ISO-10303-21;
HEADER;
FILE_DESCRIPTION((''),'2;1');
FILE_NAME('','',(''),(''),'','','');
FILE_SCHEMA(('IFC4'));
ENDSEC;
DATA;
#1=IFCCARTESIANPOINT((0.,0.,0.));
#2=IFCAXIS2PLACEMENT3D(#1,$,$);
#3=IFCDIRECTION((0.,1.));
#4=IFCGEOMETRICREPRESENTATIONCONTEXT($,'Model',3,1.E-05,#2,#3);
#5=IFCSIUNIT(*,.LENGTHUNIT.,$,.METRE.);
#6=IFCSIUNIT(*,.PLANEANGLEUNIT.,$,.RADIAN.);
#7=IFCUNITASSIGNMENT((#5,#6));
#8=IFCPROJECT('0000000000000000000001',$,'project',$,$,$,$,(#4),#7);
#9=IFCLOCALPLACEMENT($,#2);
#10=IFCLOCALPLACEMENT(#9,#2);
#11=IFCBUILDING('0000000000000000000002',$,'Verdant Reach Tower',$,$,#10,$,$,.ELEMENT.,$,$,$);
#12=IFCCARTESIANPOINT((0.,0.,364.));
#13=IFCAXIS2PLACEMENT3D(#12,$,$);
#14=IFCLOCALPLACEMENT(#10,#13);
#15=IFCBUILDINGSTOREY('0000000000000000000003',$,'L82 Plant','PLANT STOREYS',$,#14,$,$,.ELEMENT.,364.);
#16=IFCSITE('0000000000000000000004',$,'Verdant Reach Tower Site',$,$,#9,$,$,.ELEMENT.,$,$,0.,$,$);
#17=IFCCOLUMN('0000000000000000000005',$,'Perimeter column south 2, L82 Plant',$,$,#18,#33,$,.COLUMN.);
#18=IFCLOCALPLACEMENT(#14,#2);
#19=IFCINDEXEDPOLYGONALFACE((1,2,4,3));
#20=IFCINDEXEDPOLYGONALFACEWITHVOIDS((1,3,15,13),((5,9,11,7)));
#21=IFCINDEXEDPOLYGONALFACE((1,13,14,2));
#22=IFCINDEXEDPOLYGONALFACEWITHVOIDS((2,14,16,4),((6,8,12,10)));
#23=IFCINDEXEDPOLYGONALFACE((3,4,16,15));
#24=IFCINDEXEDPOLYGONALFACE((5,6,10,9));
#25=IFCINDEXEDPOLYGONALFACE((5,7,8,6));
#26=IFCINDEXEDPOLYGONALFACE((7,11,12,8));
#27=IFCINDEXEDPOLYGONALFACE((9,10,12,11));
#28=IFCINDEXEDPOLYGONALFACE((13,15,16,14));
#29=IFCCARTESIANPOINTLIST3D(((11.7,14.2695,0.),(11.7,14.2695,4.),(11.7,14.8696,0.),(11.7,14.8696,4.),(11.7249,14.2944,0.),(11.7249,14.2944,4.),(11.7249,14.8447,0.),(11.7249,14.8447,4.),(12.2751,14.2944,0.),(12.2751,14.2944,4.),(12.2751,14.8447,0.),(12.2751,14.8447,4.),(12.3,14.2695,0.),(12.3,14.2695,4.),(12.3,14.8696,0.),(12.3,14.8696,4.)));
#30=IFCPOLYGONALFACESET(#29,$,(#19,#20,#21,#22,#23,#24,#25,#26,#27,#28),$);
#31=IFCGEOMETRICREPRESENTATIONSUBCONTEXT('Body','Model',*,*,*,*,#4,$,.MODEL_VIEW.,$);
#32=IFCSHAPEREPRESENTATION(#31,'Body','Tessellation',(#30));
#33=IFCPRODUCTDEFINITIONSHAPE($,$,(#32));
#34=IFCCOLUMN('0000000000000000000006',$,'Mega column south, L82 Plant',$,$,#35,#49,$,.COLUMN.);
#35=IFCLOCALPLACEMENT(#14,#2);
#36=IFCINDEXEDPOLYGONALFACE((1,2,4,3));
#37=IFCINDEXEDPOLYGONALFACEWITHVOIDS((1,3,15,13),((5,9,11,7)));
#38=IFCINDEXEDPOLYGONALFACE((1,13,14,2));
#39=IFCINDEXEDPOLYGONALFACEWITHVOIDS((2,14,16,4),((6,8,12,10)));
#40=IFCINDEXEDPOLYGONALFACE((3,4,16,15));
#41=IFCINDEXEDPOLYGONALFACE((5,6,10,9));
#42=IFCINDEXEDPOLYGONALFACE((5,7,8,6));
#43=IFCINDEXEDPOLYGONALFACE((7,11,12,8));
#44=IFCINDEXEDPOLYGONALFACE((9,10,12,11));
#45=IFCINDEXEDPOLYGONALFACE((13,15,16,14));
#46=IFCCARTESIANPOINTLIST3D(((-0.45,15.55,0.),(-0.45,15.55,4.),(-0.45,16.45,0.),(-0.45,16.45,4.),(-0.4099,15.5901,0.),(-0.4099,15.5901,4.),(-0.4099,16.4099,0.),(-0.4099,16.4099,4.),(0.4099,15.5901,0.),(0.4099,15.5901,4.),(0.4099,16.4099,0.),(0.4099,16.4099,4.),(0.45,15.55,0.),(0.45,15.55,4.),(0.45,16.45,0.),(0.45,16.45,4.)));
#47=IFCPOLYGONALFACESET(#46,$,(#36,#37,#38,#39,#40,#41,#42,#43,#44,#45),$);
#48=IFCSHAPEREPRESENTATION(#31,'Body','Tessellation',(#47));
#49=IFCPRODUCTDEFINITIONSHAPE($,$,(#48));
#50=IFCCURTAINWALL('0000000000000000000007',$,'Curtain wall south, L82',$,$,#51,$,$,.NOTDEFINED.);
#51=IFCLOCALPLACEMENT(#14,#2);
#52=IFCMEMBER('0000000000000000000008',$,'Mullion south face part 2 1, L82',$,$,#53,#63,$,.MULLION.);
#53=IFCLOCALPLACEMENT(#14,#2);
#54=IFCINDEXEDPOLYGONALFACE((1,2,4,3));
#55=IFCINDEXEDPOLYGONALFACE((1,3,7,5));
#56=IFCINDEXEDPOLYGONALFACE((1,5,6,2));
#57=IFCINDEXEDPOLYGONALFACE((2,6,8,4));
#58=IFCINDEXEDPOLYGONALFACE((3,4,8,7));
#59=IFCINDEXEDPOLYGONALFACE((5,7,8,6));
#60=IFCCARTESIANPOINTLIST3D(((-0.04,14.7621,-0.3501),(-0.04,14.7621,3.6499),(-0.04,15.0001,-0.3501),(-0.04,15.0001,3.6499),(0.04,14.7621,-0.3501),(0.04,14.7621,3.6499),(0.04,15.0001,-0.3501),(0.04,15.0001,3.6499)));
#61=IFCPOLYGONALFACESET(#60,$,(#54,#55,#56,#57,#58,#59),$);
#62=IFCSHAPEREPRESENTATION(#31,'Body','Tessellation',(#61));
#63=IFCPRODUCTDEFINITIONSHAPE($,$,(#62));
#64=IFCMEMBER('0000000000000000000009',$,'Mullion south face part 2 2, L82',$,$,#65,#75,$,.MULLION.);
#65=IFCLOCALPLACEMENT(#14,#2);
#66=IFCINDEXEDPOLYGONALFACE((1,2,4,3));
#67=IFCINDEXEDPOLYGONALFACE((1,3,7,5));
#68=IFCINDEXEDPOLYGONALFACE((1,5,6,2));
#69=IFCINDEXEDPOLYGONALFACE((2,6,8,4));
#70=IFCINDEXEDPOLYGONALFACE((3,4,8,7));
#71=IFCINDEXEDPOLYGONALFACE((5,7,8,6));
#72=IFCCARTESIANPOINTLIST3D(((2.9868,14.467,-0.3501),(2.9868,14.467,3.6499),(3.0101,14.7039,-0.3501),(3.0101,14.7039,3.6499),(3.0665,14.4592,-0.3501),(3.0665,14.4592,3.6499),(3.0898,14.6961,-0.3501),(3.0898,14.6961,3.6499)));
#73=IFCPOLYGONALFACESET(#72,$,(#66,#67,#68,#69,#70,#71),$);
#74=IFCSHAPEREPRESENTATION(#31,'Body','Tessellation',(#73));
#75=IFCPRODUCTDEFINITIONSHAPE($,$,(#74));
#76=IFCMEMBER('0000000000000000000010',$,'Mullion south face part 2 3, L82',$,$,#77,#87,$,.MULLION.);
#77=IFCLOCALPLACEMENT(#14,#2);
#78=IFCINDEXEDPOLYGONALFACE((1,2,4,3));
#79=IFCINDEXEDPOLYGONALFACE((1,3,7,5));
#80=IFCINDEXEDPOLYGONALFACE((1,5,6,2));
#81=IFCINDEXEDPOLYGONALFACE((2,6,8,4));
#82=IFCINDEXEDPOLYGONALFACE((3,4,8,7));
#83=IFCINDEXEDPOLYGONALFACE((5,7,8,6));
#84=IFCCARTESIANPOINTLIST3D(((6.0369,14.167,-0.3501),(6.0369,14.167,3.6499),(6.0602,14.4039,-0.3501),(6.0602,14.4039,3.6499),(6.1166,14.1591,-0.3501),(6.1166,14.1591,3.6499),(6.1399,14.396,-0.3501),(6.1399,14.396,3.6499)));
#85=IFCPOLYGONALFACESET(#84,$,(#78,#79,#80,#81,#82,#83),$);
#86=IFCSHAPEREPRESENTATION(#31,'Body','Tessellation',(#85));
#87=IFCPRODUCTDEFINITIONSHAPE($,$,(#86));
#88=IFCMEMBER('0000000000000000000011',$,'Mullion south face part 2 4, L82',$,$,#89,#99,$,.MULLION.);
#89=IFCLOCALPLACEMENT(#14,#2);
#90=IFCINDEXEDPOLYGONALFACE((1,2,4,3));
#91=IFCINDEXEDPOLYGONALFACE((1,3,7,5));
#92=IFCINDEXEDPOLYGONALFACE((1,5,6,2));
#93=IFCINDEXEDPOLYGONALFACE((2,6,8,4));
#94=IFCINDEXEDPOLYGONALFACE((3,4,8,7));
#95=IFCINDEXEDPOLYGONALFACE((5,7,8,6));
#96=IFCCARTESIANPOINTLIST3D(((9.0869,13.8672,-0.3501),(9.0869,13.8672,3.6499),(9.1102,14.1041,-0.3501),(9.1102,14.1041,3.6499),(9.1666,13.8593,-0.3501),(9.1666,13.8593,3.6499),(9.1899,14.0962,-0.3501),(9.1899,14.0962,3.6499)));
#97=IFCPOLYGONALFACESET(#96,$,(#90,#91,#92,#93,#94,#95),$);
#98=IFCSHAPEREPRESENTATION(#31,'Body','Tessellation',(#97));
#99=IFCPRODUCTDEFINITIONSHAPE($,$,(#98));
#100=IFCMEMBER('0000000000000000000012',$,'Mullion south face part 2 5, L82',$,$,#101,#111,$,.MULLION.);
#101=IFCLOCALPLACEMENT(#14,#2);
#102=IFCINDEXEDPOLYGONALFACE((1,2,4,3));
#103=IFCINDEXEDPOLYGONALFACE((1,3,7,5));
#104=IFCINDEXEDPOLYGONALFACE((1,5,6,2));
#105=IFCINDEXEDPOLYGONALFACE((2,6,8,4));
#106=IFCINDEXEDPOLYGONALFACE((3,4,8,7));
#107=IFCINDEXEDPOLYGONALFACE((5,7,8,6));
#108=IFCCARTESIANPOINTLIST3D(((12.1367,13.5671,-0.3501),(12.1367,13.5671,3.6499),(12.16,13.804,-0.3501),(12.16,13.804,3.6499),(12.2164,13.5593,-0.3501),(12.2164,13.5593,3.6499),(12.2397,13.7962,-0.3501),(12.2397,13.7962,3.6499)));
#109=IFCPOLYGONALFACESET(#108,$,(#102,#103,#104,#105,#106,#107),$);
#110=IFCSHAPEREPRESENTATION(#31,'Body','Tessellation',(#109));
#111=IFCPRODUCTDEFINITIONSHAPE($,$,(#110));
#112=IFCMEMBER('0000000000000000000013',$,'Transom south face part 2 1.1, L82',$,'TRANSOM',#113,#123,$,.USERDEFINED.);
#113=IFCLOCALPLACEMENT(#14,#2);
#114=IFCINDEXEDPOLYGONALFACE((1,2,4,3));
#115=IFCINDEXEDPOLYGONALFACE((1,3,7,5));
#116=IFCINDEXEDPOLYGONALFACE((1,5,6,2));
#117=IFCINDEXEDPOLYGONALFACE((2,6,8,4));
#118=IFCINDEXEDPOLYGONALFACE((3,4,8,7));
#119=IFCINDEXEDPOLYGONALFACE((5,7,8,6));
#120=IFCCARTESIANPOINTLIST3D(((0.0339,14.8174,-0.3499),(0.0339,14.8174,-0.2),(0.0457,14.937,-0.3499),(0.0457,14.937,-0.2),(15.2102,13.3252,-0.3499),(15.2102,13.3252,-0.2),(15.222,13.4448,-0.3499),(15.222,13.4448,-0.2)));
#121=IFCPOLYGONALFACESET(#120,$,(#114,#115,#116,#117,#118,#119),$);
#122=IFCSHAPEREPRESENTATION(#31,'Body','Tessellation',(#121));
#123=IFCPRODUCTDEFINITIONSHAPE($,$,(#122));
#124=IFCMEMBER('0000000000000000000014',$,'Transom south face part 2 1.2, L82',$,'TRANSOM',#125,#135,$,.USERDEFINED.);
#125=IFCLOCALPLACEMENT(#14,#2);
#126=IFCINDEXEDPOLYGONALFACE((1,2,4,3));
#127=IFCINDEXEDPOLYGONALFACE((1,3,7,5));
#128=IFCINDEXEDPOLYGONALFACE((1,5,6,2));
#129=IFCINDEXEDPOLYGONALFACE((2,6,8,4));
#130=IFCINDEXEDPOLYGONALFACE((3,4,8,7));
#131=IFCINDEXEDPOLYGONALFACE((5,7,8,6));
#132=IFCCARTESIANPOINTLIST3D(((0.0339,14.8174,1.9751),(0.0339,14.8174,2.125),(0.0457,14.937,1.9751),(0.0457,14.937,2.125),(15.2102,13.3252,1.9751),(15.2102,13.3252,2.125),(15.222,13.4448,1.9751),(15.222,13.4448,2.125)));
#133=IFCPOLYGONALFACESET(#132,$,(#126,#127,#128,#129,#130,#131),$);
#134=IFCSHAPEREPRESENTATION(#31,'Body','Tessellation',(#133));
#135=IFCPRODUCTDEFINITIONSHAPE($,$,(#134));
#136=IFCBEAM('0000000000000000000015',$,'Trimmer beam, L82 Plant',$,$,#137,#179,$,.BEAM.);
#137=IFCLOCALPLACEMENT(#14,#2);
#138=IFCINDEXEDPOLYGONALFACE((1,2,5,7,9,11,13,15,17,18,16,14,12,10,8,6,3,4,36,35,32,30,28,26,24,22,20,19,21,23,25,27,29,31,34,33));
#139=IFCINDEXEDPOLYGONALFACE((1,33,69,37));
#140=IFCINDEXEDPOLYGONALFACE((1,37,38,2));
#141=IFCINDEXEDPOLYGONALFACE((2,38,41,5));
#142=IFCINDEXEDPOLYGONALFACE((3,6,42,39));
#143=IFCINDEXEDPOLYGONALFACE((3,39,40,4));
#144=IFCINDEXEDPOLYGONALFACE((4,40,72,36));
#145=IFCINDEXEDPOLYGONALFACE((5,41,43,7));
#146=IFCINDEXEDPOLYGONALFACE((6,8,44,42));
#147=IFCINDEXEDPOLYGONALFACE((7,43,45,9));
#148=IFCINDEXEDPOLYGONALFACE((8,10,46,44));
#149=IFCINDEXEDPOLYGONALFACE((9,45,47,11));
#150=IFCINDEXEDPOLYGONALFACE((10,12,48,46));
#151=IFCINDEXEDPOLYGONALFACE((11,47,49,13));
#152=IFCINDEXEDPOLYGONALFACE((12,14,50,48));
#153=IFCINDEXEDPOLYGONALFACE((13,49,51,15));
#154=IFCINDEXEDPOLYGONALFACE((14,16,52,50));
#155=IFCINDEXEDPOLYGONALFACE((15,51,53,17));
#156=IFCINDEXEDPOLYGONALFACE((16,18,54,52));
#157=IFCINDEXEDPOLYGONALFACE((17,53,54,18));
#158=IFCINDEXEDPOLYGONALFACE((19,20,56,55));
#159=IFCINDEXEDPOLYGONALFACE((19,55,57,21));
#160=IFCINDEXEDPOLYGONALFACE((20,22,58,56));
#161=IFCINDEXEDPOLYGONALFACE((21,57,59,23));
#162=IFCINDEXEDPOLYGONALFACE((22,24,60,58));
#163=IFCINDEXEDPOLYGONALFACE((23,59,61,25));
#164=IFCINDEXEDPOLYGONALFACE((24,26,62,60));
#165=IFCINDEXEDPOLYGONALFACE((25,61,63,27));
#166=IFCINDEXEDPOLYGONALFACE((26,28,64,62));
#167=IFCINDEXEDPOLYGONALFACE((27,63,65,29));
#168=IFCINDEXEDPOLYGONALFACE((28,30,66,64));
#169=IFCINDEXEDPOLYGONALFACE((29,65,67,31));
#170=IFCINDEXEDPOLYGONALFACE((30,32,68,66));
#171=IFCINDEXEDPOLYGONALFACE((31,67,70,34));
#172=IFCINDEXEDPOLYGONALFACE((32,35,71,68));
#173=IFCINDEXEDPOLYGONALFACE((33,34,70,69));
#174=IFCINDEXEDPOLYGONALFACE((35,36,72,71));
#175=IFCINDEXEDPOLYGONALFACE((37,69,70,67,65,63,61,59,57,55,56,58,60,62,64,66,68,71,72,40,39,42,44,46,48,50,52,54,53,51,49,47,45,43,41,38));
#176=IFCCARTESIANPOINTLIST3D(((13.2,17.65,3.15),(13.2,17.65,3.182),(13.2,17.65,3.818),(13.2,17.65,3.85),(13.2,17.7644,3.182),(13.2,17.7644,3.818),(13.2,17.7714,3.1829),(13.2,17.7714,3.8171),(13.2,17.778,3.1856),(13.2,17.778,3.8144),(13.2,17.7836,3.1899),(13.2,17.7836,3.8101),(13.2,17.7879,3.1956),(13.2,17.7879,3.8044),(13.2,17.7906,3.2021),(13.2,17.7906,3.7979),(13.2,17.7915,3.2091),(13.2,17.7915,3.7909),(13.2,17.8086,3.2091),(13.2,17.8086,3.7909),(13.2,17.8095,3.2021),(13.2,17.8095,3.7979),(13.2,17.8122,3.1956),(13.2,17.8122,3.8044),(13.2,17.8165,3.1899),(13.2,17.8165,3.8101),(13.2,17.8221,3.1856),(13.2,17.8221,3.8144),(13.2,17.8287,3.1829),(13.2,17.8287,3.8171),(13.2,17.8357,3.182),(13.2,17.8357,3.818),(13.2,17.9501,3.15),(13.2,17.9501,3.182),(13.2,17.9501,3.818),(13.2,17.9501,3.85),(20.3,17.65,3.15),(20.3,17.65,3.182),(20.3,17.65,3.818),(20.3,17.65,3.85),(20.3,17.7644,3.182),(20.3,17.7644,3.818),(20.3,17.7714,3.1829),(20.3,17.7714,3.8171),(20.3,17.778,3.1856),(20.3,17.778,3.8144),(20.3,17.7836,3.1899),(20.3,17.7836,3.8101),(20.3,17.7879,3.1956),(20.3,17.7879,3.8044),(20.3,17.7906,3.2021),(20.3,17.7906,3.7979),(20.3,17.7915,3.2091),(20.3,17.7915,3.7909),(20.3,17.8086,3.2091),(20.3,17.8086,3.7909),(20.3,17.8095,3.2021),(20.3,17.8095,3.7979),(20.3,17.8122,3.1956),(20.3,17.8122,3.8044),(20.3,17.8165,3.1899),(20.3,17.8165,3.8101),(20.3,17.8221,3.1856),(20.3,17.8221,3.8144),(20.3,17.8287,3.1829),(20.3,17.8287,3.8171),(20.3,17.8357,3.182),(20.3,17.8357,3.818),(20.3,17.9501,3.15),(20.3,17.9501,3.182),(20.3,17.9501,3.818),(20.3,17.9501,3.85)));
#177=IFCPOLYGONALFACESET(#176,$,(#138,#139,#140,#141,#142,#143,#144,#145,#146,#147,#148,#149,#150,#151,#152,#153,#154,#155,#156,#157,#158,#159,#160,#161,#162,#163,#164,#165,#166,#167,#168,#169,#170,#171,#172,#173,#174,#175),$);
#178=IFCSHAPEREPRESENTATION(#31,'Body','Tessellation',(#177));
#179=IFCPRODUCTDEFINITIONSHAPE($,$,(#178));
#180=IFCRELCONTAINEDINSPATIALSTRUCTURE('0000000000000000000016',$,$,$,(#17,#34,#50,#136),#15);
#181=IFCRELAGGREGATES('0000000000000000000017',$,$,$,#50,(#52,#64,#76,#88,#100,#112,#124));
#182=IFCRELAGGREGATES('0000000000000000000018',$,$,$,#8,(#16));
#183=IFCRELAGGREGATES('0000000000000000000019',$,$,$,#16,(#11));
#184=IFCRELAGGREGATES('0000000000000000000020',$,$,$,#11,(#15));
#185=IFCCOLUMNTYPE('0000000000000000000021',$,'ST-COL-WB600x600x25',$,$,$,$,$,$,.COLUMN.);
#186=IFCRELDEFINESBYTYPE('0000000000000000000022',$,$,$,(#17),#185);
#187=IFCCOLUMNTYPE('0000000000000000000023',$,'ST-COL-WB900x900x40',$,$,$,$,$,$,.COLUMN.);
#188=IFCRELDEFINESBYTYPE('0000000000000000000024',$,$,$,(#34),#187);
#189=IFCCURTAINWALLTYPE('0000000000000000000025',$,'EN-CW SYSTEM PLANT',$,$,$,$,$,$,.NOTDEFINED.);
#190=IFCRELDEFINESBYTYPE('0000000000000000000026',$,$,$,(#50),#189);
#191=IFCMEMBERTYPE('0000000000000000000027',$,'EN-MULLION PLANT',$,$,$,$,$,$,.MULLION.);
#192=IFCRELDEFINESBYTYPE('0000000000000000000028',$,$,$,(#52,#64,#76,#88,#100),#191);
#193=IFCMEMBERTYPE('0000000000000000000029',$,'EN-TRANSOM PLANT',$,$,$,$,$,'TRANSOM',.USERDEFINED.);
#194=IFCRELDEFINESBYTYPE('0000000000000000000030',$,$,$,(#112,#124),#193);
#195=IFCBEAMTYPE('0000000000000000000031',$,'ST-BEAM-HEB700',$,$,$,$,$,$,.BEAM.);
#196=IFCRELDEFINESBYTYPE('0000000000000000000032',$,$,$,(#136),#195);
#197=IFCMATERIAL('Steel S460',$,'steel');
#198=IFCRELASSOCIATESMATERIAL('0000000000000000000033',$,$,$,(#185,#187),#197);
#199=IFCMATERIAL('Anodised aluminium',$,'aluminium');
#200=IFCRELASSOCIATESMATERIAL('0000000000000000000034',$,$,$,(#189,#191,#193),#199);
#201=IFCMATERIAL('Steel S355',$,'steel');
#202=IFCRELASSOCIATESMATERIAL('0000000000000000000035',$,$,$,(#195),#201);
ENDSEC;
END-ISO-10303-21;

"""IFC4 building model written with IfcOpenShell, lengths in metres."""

from ifc_helpers import new_model, si_unit, direction, frame, origin, origin_2d, place, context, subcontext, project, spatial, rectangle, hollow_rectangle, i_section, extrude, material, material_profile, profile_set, type_object, element, aggregate, save


model = new_model("IFC4")

# Units and contexts
model_context = context("Model", 3, precision=1e-05, world=origin(), true_north=direction((0.0, 1.0)))
body_context = subcontext(model_context, "Body", "Model", "MODEL_VIEW")
ifc_project = project(units=[si_unit("LENGTHUNIT", "METRE"), si_unit("PLANEANGLEUNIT", "RADIAN")], contexts=[model_context])

# Site, building, storey
site_placement = place(None, origin())
site = spatial("IfcSite", under=ifc_project, at=site_placement, Name="Verdant Reach Tower Site", CompositionType="ELEMENT", RefElevation=0.0)
building_placement = place(site_placement, origin())
building = spatial("IfcBuilding", under=site, at=building_placement, Name="Verdant Reach Tower", CompositionType="ELEMENT")
storey_placement = place(building_placement, frame((0.0, 0.0, 364.0)))
storey = spatial("IfcBuildingStorey", under=building, at=storey_placement, Name="L82 Plant", Description="PLANT STOREYS", CompositionType="ELEMENT", Elevation=364.0)

# Columns
ifc_material_1 = material(Name="Steel S460", Category="steel")
ifc_material_profile_1 = material_profile(ifc_material_1, hollow_rectangle(XDim=0.6001, YDim=0.6001, WallThickness=0.0249, at=origin_2d()), Name="WB 600x600x25")
ifc_profile_set_1 = profile_set([ifc_material_profile_1], Name="Steel S460")
column_type_1 = type_object("IfcColumnType", Name="ST-COL-WB600x600x25", PredefinedType="COLUMN", material=ifc_profile_set_1)
column_1_placement = place(storey_placement, frame((12.0, 14.5696, 0.0), z_axis=(0.0, 0.0, 1.0), x_axis=(1.0, 0.0, 0.0)))
element("IfcColumn", 1, at=column_1_placement, inside=storey, type_object=column_type_1, Name="Perimeter column south 2, L82 Plant", PredefinedType="COLUMN", context=body_context, shape_type="SweptSolid", body=[
    extrude(hollow_rectangle(XDim=0.6001, YDim=0.6001, WallThickness=0.0249, at=origin_2d()), origin(), (0.0, 0.0, 1.0), 4.0),
])
ifc_material_profile_2 = material_profile(ifc_material_1, hollow_rectangle(XDim=0.8999, YDim=0.8999, WallThickness=0.04, at=origin_2d()), Name="WB 900x900x40")
ifc_profile_set_2 = profile_set([ifc_material_profile_2], Name="Steel S460")
column_type_2 = type_object("IfcColumnType", Name="ST-COL-WB900x900x40", PredefinedType="COLUMN", material=ifc_profile_set_2)
column_2_placement = place(storey_placement, frame((0.0, 16.0, 0.0), z_axis=(0.0, 0.0, 1.0), x_axis=(1.0, 0.0, 0.0)))
element("IfcColumn", 2, at=column_2_placement, inside=storey, type_object=column_type_2, Name="Mega column south, L82 Plant", PredefinedType="COLUMN", context=body_context, shape_type="SweptSolid", body=[
    extrude(hollow_rectangle(XDim=0.8999, YDim=0.8999, WallThickness=0.04, at=origin_2d()), origin(), (0.0, 0.0, 1.0), 4.0),
])

# Curtain wall, members
ifc_material_2 = material(Name="Anodised aluminium", Category="aluminium")
curtain_wall_type = type_object("IfcCurtainWallType", Name="EN-CW SYSTEM PLANT", PredefinedType="NOTDEFINED", material=ifc_material_2)
curtain_wall_placement = place(storey_placement, origin())
curtain_wall = element("IfcCurtainWall", 3, at=curtain_wall_placement, inside=storey, type_object=curtain_wall_type, Name="Curtain wall south, L82", PredefinedType="NOTDEFINED")
ifc_material_profile_3 = material_profile(ifc_material_2, rectangle(XDim=0.238, YDim=0.0801, at=origin_2d()), Name="Mullion 80x240")
ifc_profile_set_3 = profile_set([ifc_material_profile_3], Name="Anodised aluminium")
member_type_1 = type_object("IfcMemberType", Name="EN-MULLION PLANT", PredefinedType="MULLION", material=ifc_profile_set_3)
member_1_placement = place(storey_placement, frame((0.0, 14.8811, -0.3501), z_axis=(0.0, 0.0, 1.0), x_axis=(0.0, -1.0, 0.0)))
member_1 = element("IfcMember", 4, at=member_1_placement, type_object=member_type_1, Name="Mullion south face part 2 1, L82", PredefinedType="MULLION", context=body_context, shape_type="SweptSolid", body=[
    extrude(rectangle(XDim=0.238, YDim=0.0801, at=origin_2d()), origin(), (0.0, 0.0, 1.0), 4.0),
])
member_2_placement = place(storey_placement, frame((3.0383, 14.5815, -0.3501), z_axis=(0.0, 0.0, 1.0), x_axis=(-0.097888, -0.995197, 0.0)))
member_2 = element("IfcMember", 5, at=member_2_placement, type_object=member_type_1, Name="Mullion south face part 2 2, L82", PredefinedType="MULLION", context=body_context, shape_type="SweptSolid", body=[
    extrude(rectangle(XDim=0.238, YDim=0.0801, at=origin_2d()), origin(), (0.0, 0.0, 1.0), 4.0),
])
member_3_placement = place(storey_placement, frame((6.0884, 14.2815, -0.3501), z_axis=(0.0, 0.0, 1.0), x_axis=(-0.097888, -0.995197, 0.0)))
member_3 = element("IfcMember", 6, at=member_3_placement, type_object=member_type_1, Name="Mullion south face part 2 3, L82", PredefinedType="MULLION", context=body_context, shape_type="SweptSolid", body=[
    extrude(rectangle(XDim=0.238, YDim=0.0801, at=origin_2d()), origin(), (0.0, 0.0, 1.0), 4.0),
])
member_4_placement = place(storey_placement, frame((9.1384, 13.9817, -0.3501), z_axis=(0.0, 0.0, 1.0), x_axis=(-0.097888, -0.995197, 0.0)))
member_4 = element("IfcMember", 7, at=member_4_placement, type_object=member_type_1, Name="Mullion south face part 2 4, L82", PredefinedType="MULLION", context=body_context, shape_type="SweptSolid", body=[
    extrude(rectangle(XDim=0.238, YDim=0.0801, at=origin_2d()), origin(), (0.0, 0.0, 1.0), 4.0),
])
member_5_placement = place(storey_placement, frame((12.1882, 13.6816, -0.3501), z_axis=(0.0, 0.0, 1.0), x_axis=(-0.097888, -0.995197, 0.0)))
member_5 = element("IfcMember", 8, at=member_5_placement, type_object=member_type_1, Name="Mullion south face part 2 5, L82", PredefinedType="MULLION", context=body_context, shape_type="SweptSolid", body=[
    extrude(rectangle(XDim=0.238, YDim=0.0801, at=origin_2d()), origin(), (0.0, 0.0, 1.0), 4.0),
])
ifc_material_profile_4 = material_profile(ifc_material_2, rectangle(XDim=0.1201, YDim=0.1499, at=origin_2d()), Name="Transom 150x120")
ifc_profile_set_4 = profile_set([ifc_material_profile_4], Name="Anodised aluminium")
member_type_2 = type_object("IfcMemberType", Name="EN-TRANSOM PLANT", ElementType="TRANSOM", PredefinedType="USERDEFINED", material=ifc_profile_set_4)
member_6_placement = place(storey_placement, frame((0.0398, 14.8772, -0.2749), z_axis=(0.995201, -0.097852, 0.0), x_axis=(0.097852, 0.995201, 0.0)))
member_6 = element("IfcMember", 9, at=member_6_placement, type_object=member_type_2, Name="Transom south face part 2 1.1, L82", ObjectType="TRANSOM", PredefinedType="USERDEFINED", context=body_context, shape_type="SweptSolid", body=[
    extrude(rectangle(XDim=0.1201, YDim=0.1499, at=origin_2d()), origin(), (0.0, 0.0, 1.0), 15.2495),
])
member_7_placement = place(storey_placement, frame((0.0398, 14.8772, 2.05), z_axis=(0.995201, -0.097852, 0.0), x_axis=(0.097852, 0.995201, 0.0)))
member_7 = element("IfcMember", 10, at=member_7_placement, type_object=member_type_2, Name="Transom south face part 2 1.2, L82", ObjectType="TRANSOM", PredefinedType="USERDEFINED", context=body_context, shape_type="SweptSolid", body=[
    extrude(rectangle(XDim=0.1201, YDim=0.1499, at=origin_2d()), origin(), (0.0, 0.0, 1.0), 15.2495),
])

# Beam
ifc_material_3 = material(Name="Steel S355", Category="steel")
ifc_material_profile_5 = material_profile(ifc_material_3, i_section(OverallWidth=0.3, OverallDepth=0.7, WebThickness=0.0171, FlangeThickness=0.032, FilletRadius=0.0271, at=origin_2d()), Name="HEB 700")
ifc_profile_set_5 = profile_set([ifc_material_profile_5], Name="Steel S355")
beam_type_1 = type_object("IfcBeamType", Name="ST-BEAM-HEB700", PredefinedType="BEAM", material=ifc_profile_set_5)
beam_1_placement = place(storey_placement, frame((13.2, 17.8, 3.5), z_axis=(1.0, 0.0, 0.0), x_axis=(0.0, 1.0, 0.0)))
element("IfcBeam", 11, at=beam_1_placement, inside=storey, type_object=beam_type_1, Name="Trimmer beam, L82 Plant", PredefinedType="BEAM", context=body_context, shape_type="SweptSolid", body=[
    extrude(i_section(OverallWidth=0.3, OverallDepth=0.7, WebThickness=0.0171, FlangeThickness=0.032, FilletRadius=0.0271, at=origin_2d()), origin(), (0.0, 0.0, 1.0), 7.1001),
])

aggregate(curtain_wall, [member_1, member_2, member_3, member_4, member_5, member_6, member_7])

save(model, "model.ifc")
